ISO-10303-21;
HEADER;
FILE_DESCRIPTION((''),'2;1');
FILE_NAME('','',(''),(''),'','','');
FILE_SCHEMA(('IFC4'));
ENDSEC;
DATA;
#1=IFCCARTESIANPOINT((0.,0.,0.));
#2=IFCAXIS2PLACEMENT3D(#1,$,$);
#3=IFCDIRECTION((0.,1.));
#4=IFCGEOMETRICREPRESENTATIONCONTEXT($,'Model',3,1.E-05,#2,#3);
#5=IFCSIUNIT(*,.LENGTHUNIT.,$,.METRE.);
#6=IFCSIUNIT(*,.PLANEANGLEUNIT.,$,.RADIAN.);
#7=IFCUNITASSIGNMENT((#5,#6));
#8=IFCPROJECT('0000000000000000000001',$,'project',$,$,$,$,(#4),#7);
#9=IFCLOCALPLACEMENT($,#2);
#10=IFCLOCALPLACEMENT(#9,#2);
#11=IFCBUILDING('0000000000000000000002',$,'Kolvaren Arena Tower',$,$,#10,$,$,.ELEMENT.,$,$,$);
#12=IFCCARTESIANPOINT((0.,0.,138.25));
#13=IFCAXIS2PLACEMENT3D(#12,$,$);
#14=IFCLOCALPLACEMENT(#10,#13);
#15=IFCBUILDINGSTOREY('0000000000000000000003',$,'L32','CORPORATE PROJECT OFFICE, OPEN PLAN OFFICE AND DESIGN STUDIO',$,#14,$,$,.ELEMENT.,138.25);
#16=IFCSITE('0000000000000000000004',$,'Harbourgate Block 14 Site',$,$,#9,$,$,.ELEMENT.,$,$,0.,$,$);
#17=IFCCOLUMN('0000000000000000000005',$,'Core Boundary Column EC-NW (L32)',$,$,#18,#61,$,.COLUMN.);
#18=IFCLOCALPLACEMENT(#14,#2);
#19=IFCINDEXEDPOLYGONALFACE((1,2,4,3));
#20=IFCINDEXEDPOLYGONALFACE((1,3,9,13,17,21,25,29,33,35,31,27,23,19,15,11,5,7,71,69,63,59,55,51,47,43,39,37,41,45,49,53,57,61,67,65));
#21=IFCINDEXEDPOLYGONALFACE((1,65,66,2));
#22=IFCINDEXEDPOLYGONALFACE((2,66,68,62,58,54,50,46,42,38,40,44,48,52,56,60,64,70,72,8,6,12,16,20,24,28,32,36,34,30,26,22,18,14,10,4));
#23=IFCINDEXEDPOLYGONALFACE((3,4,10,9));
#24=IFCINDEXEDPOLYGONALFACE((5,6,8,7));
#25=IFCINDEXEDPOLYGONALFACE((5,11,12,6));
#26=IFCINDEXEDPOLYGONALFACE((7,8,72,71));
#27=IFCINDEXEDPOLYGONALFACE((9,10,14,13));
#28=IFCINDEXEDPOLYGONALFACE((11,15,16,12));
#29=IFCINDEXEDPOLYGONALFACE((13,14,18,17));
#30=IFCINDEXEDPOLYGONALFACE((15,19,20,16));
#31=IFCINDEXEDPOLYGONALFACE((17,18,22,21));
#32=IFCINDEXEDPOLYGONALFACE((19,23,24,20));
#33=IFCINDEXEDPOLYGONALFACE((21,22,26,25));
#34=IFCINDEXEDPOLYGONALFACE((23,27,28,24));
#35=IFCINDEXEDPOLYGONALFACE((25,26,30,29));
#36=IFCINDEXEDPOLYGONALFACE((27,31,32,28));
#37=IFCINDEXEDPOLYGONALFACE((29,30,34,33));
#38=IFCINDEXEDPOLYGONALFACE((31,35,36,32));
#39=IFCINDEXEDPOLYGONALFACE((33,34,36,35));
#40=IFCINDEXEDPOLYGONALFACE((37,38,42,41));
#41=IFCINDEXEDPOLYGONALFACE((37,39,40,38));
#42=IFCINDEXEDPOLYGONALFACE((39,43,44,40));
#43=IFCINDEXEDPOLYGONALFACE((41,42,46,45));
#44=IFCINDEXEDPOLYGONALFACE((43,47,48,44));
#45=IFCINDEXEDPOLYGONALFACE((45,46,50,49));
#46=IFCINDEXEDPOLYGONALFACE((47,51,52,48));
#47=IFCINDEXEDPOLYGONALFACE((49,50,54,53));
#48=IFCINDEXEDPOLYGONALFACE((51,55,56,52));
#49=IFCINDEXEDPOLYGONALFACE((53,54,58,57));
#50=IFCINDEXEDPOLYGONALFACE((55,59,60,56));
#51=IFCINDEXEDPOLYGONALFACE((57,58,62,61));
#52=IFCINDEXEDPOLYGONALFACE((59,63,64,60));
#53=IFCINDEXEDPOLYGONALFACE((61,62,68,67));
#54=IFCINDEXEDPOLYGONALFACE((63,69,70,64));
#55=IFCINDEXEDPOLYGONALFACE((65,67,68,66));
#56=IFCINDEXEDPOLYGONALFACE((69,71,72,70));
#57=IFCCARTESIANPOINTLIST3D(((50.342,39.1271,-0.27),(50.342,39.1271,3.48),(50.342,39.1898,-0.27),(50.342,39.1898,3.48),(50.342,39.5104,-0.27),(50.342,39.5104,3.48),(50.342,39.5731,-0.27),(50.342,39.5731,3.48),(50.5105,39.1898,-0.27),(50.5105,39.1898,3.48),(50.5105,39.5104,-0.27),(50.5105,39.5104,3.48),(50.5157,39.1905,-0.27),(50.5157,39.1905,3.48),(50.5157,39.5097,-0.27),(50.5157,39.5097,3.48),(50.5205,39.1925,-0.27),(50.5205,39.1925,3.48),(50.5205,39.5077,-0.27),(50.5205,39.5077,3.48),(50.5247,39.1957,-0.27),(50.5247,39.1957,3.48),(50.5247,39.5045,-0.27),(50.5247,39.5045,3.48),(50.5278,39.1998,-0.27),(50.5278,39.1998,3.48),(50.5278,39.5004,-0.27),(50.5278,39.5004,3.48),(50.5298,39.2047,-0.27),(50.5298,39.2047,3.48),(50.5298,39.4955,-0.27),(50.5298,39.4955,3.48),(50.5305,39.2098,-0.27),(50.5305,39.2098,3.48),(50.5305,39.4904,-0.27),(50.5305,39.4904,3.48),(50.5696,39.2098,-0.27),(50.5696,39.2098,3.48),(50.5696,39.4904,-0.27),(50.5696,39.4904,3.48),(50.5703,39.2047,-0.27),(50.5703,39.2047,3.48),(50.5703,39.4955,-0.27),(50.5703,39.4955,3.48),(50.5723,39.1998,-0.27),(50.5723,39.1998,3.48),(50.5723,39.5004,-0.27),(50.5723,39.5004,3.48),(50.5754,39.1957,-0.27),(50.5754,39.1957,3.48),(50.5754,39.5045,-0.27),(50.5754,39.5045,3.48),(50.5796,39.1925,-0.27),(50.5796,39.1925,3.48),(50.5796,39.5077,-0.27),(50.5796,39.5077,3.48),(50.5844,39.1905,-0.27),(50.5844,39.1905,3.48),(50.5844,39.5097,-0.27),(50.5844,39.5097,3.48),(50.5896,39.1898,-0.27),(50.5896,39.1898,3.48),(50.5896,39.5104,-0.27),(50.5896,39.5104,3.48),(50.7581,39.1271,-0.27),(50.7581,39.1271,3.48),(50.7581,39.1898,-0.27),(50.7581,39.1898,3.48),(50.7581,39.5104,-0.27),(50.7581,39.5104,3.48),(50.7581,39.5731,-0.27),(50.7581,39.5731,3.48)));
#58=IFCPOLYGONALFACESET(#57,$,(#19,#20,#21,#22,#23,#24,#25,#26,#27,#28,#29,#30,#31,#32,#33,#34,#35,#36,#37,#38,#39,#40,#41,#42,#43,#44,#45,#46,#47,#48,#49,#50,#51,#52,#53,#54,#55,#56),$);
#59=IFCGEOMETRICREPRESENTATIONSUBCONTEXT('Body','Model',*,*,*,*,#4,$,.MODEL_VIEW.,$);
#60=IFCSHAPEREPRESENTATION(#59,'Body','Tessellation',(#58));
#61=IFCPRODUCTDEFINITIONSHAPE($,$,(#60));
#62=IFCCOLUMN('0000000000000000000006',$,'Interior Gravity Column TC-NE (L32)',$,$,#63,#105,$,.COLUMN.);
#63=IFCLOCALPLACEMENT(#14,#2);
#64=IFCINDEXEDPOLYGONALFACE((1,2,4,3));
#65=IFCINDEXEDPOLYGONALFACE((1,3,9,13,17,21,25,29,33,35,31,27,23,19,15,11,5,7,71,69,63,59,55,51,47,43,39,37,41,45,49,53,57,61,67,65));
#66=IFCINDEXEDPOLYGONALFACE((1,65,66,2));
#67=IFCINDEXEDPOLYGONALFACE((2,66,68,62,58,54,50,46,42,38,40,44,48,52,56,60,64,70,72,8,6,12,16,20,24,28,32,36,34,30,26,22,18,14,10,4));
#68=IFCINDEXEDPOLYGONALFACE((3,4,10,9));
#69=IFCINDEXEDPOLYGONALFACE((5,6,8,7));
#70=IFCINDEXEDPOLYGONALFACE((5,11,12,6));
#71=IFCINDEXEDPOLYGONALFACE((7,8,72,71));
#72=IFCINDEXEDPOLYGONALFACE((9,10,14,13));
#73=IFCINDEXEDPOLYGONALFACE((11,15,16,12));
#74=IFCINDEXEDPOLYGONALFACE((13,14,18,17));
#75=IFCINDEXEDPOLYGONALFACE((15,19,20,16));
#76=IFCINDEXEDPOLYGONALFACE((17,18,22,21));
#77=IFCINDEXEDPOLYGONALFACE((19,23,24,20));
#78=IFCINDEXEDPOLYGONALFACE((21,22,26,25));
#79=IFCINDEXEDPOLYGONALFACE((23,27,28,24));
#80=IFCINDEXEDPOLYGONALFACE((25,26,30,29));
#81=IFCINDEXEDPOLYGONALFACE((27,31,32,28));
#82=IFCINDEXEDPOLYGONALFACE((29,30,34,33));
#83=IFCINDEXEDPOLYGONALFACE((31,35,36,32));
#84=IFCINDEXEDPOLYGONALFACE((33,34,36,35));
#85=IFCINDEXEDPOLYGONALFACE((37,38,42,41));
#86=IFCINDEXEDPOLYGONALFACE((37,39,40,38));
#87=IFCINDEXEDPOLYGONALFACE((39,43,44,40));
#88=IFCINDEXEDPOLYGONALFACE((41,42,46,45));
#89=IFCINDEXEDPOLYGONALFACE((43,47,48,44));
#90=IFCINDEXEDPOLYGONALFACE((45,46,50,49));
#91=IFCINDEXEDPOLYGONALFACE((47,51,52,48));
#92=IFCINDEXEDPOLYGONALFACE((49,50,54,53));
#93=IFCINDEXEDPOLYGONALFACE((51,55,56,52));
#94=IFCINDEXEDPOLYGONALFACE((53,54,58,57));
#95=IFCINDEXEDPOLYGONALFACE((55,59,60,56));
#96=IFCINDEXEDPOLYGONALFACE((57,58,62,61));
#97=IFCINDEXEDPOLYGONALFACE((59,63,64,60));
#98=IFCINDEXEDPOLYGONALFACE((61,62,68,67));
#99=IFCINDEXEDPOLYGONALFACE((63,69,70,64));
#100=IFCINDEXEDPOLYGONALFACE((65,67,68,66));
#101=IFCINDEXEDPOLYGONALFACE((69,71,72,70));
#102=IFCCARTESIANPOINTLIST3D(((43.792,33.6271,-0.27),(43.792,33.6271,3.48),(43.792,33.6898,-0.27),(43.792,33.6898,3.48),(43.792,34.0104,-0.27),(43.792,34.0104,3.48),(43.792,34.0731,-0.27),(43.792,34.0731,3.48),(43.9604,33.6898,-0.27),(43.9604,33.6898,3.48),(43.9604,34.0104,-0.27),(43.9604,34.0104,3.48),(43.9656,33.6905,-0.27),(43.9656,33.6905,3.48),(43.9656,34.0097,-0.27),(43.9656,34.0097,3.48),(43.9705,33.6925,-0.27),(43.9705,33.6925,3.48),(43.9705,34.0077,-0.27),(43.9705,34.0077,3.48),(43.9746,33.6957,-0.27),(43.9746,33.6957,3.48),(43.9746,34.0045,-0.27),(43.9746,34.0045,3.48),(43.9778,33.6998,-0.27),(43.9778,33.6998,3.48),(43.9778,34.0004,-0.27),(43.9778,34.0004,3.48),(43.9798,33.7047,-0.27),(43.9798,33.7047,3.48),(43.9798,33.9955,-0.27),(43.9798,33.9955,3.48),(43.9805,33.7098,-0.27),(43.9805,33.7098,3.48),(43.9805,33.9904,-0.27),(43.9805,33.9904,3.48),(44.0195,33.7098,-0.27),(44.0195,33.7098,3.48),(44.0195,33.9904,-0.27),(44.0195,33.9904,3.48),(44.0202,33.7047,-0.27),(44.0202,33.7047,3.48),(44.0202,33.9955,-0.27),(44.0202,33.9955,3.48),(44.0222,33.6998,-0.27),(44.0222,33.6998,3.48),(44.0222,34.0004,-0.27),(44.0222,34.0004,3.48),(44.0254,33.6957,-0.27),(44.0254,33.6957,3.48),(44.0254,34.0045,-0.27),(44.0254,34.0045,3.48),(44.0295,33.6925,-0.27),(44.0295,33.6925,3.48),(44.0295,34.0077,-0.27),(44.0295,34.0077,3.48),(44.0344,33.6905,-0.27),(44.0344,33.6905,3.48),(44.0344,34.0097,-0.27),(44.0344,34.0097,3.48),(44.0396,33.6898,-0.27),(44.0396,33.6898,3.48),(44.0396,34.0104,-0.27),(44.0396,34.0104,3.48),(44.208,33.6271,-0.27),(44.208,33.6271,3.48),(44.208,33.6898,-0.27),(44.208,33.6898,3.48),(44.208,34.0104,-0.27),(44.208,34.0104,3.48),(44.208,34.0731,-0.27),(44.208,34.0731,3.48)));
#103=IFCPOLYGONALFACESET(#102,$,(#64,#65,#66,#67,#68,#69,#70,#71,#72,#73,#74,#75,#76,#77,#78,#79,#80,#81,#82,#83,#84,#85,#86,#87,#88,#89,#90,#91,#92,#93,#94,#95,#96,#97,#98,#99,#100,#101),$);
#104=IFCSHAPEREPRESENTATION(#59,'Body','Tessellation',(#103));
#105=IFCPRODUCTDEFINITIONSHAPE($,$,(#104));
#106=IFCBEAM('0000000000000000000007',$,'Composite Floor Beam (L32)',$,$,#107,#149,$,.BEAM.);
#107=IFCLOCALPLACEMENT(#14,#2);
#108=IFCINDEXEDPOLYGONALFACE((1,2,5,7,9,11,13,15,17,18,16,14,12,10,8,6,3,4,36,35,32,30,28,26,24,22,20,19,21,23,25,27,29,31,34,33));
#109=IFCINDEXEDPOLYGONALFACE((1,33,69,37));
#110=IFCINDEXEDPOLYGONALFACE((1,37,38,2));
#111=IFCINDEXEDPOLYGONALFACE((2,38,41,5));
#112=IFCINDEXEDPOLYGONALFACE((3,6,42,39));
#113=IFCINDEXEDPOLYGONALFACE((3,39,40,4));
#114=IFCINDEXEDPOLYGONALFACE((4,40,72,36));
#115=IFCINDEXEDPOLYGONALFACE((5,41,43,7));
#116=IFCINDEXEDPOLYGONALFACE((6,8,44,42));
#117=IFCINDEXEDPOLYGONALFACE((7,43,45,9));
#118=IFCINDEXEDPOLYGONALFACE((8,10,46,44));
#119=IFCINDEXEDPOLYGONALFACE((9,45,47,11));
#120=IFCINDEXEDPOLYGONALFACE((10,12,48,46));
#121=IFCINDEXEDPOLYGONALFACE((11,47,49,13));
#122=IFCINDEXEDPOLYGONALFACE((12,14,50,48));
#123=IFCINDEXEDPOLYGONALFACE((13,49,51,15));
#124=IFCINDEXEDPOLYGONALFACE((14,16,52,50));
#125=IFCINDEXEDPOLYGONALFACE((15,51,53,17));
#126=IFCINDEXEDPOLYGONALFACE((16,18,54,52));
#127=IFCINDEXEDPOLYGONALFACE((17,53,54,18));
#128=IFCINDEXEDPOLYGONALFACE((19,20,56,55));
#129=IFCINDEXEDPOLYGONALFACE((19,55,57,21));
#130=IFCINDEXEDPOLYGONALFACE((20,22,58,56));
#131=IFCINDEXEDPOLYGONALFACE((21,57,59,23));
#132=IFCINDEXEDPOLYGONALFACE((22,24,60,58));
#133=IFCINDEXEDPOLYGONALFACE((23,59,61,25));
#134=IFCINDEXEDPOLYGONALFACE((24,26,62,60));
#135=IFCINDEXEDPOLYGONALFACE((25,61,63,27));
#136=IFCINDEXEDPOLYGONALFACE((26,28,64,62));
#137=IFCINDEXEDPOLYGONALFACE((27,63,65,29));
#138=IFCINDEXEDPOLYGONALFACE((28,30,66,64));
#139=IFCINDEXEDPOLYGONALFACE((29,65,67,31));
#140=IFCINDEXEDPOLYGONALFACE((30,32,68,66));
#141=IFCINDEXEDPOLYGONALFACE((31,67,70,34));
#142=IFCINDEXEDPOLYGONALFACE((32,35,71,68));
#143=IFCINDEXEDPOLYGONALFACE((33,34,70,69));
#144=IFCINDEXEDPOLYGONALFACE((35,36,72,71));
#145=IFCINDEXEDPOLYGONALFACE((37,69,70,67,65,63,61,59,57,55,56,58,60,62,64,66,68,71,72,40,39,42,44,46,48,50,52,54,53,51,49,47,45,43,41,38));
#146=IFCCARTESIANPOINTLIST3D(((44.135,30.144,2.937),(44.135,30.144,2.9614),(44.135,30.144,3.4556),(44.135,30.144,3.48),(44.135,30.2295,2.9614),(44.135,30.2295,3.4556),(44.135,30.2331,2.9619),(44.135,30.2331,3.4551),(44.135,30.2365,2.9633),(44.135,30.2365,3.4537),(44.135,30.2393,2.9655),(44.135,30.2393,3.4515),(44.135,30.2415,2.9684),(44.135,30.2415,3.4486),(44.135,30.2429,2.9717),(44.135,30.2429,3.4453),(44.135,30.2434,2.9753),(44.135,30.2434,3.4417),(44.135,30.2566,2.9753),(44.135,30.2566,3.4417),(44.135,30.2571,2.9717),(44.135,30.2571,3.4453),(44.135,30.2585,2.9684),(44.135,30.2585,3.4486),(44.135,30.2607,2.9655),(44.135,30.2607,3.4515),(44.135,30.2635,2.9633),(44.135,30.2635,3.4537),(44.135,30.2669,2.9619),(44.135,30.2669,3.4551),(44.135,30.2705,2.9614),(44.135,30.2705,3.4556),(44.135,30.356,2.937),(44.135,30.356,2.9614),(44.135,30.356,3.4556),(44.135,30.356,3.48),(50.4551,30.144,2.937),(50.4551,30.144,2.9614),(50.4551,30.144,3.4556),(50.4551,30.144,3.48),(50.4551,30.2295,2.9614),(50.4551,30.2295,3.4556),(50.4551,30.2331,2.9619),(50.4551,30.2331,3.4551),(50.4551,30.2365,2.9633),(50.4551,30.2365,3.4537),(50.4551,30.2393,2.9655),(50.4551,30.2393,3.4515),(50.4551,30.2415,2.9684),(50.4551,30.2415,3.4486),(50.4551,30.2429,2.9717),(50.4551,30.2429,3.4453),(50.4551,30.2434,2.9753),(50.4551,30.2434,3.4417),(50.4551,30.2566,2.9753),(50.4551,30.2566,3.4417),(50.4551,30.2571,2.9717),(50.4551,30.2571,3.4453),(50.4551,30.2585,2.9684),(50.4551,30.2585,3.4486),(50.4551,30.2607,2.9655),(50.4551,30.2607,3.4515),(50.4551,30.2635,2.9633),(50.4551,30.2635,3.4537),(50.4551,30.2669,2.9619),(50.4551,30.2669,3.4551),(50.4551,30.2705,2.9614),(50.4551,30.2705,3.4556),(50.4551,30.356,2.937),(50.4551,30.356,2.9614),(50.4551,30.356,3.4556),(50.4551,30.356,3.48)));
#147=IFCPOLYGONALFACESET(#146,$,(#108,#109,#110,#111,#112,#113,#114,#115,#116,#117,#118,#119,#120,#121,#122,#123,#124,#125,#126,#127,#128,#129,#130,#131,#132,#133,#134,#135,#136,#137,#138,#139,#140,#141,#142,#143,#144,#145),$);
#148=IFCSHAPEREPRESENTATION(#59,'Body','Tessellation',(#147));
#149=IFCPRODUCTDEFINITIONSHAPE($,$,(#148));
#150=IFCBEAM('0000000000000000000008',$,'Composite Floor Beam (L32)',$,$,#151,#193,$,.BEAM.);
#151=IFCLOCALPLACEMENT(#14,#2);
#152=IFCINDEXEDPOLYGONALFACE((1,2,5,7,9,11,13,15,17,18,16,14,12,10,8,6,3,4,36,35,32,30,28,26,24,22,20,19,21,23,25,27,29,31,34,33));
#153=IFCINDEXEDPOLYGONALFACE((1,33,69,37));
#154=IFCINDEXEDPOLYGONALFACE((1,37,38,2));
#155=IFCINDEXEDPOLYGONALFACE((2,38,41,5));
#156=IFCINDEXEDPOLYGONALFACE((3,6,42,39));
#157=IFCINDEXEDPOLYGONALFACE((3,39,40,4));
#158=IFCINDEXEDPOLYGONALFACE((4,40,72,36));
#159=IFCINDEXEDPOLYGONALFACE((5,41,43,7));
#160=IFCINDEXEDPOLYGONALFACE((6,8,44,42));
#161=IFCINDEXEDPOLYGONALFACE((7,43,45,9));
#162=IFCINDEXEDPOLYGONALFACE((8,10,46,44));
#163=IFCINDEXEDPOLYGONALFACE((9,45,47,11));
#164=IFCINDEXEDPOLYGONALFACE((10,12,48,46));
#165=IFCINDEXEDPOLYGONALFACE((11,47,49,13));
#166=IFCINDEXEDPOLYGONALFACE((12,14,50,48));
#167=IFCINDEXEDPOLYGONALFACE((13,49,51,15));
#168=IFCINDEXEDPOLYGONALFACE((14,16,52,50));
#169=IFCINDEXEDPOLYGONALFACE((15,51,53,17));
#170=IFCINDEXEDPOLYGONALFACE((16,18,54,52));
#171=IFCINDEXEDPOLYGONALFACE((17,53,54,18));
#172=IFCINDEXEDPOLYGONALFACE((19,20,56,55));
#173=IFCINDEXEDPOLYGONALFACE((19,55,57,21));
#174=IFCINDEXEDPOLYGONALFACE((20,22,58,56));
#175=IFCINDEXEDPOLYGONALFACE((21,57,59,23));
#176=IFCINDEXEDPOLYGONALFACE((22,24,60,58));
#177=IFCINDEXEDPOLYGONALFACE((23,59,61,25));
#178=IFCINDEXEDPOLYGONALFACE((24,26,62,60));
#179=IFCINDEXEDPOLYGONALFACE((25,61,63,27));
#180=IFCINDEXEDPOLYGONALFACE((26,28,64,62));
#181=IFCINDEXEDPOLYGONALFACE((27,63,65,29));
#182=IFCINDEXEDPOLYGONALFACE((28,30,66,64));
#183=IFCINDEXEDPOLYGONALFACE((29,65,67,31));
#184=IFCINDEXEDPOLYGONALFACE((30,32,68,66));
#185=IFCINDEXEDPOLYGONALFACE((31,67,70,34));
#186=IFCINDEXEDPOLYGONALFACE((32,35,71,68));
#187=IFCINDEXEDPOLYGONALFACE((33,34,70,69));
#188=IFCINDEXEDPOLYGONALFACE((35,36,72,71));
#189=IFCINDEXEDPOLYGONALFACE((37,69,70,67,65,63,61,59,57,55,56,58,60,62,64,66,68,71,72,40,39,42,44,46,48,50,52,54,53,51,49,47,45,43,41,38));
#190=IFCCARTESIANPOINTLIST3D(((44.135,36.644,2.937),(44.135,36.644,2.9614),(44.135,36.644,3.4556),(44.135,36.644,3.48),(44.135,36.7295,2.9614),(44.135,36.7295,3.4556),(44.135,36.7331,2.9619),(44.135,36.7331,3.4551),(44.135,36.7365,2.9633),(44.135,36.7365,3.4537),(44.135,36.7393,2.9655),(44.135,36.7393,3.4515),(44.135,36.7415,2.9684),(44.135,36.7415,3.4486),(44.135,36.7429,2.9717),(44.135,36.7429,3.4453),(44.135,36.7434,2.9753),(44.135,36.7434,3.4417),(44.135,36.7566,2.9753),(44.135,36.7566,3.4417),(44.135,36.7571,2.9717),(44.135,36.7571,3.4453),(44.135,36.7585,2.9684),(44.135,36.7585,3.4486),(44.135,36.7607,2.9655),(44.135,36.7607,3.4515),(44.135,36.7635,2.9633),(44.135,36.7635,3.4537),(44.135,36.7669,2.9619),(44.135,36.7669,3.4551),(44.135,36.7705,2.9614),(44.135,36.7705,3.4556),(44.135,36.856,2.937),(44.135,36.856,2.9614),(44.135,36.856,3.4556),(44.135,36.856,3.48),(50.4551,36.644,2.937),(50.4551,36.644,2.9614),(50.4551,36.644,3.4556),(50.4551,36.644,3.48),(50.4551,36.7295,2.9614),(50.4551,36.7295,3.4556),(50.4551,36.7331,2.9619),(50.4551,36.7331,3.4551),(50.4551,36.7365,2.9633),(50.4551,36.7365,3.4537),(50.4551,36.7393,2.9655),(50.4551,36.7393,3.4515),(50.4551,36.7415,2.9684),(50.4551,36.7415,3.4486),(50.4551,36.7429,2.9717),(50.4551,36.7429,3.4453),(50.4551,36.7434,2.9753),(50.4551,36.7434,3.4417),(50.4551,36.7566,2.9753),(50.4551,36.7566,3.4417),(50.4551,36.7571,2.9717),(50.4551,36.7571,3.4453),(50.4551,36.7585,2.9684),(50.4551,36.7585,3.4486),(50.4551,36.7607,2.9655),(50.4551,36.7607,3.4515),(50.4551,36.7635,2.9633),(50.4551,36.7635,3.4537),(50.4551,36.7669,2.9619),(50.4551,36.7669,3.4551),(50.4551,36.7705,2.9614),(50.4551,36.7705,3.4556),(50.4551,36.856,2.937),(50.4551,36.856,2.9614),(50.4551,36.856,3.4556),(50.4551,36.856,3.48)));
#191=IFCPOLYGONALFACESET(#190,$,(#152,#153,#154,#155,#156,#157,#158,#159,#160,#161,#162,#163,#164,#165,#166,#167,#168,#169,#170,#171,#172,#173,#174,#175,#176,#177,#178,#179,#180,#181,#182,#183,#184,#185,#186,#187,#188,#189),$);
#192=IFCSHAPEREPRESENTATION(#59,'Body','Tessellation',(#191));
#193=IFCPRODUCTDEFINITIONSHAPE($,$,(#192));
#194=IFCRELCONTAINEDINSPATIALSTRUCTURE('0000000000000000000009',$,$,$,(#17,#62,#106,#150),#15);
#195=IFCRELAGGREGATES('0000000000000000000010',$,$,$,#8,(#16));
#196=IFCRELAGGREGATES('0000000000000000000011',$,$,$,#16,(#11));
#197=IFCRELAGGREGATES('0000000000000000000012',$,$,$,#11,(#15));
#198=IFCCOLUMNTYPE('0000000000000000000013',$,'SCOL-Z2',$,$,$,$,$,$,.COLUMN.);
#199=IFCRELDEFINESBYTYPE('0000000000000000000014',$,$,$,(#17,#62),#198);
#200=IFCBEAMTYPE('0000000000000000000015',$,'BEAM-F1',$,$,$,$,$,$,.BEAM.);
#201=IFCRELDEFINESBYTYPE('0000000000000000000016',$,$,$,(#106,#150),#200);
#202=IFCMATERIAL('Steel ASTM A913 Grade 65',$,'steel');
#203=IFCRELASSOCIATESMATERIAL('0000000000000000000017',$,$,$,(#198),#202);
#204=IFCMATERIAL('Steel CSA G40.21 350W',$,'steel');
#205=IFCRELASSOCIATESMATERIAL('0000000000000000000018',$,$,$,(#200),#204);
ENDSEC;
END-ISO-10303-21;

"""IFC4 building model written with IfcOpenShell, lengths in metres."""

from ifc_helpers import new_model, si_unit, direction, frame, origin, origin_2d, place, context, subcontext, project, spatial, i_section, extrude, material, material_profile, profile_set, type_object, element, save


model = new_model("IFC4")

# Units and contexts
model_context = context("Model", 3, precision=1e-05, world=origin(), true_north=direction((0.0, 1.0)))
body_context = subcontext(model_context, "Body", "Model", "MODEL_VIEW")
ifc_project = project(units=[si_unit("LENGTHUNIT", "METRE"), si_unit("PLANEANGLEUNIT", "RADIAN")], contexts=[model_context])

# Site, building, storey
site_placement = place(None, origin())
site = spatial("IfcSite", under=ifc_project, at=site_placement, Name="Harbourgate Block 14 Site", CompositionType="ELEMENT", RefElevation=0.0)
building_placement = place(site_placement, origin())
building = spatial("IfcBuilding", under=site, at=building_placement, Name="Kolvaren Arena Tower", CompositionType="ELEMENT")
storey_placement = place(building_placement, frame((0.0, 0.0, 138.25)))
storey = spatial("IfcBuildingStorey", under=building, at=storey_placement, Name="L32", Description="CORPORATE PROJECT OFFICE, OPEN PLAN OFFICE AND DESIGN STUDIO", CompositionType="ELEMENT", Elevation=138.25)

# Columns
ifc_material_1 = material(Name="Steel ASTM A913 Grade 65", Category="steel")
ifc_material_profile_1 = material_profile(ifc_material_1, i_section(OverallWidth=0.416, OverallDepth=0.446, WebThickness=0.0391, FlangeThickness=0.0627, FilletRadius=0.02, at=origin_2d()), Name="W360x509")
ifc_profile_set_1 = profile_set([ifc_material_profile_1], Name="Steel ASTM A913 Grade 65")
column_type = type_object("IfcColumnType", Name="SCOL-Z2", PredefinedType="COLUMN", material=ifc_profile_set_1)
for number, where, z_axis, x_axis, name in (
    (1, (50.55, 39.3501, -0.27), (0.0, 0.0, 1.0), (1.0, 0.0, 0.0), "Core Boundary Column EC-NW (L32)"),
    (2, (44.0, 33.8501, -0.27), (0.0, 0.0, 1.0), (1.0, 0.0, 0.0), "Interior Gravity Column TC-NE (L32)"),
):
    element("IfcColumn", number, at=place(storey_placement, frame(where, z_axis=z_axis, x_axis=x_axis)), inside=storey, type_object=column_type, Name=name, PredefinedType="COLUMN", context=body_context, shape_type="SweptSolid", body=[
        extrude(i_section(OverallWidth=0.416, OverallDepth=0.446, WebThickness=0.0391, FlangeThickness=0.0627, FilletRadius=0.02, at=origin_2d()), origin(), (0.0, 0.0, 1.0), 3.75),
    ])

# Beams
ifc_material_2 = material(Name="Steel CSA G40.21 350W", Category="steel")
ifc_material_profile_2 = material_profile(ifc_material_2, i_section(OverallWidth=0.2119, OverallDepth=0.543, WebThickness=0.0132, FlangeThickness=0.0244, FilletRadius=0.0139, at=origin_2d()), Name="W530x150")
ifc_profile_set_2 = profile_set([ifc_material_profile_2], Name="Steel CSA G40.21 350W")
beam_type_1 = type_object("IfcBeamType", Name="BEAM-F1", PredefinedType="BEAM", material=ifc_profile_set_2)
for number, where, z_axis, x_axis, name in (
    (3, (44.135, 30.25, 3.2085), (1.0, 0.0, 0.0), (0.0, 1.0, 0.0), "Composite Floor Beam (L32)"),
    (4, (44.135, 36.75, 3.2085), (1.0, 0.0, 0.0), (0.0, 1.0, 0.0), "Composite Floor Beam (L32)"),
):
    element("IfcBeam", number, at=place(storey_placement, frame(where, z_axis=z_axis, x_axis=x_axis)), inside=storey, type_object=beam_type_1, Name=name, PredefinedType="BEAM", context=body_context, shape_type="SweptSolid", body=[
        extrude(i_section(OverallWidth=0.2119, OverallDepth=0.543, WebThickness=0.0132, FlangeThickness=0.0244, FilletRadius=0.0139, at=origin_2d()), origin(), (0.0, 0.0, 1.0), 6.3201),
    ])

save(model, "model.ifc")
